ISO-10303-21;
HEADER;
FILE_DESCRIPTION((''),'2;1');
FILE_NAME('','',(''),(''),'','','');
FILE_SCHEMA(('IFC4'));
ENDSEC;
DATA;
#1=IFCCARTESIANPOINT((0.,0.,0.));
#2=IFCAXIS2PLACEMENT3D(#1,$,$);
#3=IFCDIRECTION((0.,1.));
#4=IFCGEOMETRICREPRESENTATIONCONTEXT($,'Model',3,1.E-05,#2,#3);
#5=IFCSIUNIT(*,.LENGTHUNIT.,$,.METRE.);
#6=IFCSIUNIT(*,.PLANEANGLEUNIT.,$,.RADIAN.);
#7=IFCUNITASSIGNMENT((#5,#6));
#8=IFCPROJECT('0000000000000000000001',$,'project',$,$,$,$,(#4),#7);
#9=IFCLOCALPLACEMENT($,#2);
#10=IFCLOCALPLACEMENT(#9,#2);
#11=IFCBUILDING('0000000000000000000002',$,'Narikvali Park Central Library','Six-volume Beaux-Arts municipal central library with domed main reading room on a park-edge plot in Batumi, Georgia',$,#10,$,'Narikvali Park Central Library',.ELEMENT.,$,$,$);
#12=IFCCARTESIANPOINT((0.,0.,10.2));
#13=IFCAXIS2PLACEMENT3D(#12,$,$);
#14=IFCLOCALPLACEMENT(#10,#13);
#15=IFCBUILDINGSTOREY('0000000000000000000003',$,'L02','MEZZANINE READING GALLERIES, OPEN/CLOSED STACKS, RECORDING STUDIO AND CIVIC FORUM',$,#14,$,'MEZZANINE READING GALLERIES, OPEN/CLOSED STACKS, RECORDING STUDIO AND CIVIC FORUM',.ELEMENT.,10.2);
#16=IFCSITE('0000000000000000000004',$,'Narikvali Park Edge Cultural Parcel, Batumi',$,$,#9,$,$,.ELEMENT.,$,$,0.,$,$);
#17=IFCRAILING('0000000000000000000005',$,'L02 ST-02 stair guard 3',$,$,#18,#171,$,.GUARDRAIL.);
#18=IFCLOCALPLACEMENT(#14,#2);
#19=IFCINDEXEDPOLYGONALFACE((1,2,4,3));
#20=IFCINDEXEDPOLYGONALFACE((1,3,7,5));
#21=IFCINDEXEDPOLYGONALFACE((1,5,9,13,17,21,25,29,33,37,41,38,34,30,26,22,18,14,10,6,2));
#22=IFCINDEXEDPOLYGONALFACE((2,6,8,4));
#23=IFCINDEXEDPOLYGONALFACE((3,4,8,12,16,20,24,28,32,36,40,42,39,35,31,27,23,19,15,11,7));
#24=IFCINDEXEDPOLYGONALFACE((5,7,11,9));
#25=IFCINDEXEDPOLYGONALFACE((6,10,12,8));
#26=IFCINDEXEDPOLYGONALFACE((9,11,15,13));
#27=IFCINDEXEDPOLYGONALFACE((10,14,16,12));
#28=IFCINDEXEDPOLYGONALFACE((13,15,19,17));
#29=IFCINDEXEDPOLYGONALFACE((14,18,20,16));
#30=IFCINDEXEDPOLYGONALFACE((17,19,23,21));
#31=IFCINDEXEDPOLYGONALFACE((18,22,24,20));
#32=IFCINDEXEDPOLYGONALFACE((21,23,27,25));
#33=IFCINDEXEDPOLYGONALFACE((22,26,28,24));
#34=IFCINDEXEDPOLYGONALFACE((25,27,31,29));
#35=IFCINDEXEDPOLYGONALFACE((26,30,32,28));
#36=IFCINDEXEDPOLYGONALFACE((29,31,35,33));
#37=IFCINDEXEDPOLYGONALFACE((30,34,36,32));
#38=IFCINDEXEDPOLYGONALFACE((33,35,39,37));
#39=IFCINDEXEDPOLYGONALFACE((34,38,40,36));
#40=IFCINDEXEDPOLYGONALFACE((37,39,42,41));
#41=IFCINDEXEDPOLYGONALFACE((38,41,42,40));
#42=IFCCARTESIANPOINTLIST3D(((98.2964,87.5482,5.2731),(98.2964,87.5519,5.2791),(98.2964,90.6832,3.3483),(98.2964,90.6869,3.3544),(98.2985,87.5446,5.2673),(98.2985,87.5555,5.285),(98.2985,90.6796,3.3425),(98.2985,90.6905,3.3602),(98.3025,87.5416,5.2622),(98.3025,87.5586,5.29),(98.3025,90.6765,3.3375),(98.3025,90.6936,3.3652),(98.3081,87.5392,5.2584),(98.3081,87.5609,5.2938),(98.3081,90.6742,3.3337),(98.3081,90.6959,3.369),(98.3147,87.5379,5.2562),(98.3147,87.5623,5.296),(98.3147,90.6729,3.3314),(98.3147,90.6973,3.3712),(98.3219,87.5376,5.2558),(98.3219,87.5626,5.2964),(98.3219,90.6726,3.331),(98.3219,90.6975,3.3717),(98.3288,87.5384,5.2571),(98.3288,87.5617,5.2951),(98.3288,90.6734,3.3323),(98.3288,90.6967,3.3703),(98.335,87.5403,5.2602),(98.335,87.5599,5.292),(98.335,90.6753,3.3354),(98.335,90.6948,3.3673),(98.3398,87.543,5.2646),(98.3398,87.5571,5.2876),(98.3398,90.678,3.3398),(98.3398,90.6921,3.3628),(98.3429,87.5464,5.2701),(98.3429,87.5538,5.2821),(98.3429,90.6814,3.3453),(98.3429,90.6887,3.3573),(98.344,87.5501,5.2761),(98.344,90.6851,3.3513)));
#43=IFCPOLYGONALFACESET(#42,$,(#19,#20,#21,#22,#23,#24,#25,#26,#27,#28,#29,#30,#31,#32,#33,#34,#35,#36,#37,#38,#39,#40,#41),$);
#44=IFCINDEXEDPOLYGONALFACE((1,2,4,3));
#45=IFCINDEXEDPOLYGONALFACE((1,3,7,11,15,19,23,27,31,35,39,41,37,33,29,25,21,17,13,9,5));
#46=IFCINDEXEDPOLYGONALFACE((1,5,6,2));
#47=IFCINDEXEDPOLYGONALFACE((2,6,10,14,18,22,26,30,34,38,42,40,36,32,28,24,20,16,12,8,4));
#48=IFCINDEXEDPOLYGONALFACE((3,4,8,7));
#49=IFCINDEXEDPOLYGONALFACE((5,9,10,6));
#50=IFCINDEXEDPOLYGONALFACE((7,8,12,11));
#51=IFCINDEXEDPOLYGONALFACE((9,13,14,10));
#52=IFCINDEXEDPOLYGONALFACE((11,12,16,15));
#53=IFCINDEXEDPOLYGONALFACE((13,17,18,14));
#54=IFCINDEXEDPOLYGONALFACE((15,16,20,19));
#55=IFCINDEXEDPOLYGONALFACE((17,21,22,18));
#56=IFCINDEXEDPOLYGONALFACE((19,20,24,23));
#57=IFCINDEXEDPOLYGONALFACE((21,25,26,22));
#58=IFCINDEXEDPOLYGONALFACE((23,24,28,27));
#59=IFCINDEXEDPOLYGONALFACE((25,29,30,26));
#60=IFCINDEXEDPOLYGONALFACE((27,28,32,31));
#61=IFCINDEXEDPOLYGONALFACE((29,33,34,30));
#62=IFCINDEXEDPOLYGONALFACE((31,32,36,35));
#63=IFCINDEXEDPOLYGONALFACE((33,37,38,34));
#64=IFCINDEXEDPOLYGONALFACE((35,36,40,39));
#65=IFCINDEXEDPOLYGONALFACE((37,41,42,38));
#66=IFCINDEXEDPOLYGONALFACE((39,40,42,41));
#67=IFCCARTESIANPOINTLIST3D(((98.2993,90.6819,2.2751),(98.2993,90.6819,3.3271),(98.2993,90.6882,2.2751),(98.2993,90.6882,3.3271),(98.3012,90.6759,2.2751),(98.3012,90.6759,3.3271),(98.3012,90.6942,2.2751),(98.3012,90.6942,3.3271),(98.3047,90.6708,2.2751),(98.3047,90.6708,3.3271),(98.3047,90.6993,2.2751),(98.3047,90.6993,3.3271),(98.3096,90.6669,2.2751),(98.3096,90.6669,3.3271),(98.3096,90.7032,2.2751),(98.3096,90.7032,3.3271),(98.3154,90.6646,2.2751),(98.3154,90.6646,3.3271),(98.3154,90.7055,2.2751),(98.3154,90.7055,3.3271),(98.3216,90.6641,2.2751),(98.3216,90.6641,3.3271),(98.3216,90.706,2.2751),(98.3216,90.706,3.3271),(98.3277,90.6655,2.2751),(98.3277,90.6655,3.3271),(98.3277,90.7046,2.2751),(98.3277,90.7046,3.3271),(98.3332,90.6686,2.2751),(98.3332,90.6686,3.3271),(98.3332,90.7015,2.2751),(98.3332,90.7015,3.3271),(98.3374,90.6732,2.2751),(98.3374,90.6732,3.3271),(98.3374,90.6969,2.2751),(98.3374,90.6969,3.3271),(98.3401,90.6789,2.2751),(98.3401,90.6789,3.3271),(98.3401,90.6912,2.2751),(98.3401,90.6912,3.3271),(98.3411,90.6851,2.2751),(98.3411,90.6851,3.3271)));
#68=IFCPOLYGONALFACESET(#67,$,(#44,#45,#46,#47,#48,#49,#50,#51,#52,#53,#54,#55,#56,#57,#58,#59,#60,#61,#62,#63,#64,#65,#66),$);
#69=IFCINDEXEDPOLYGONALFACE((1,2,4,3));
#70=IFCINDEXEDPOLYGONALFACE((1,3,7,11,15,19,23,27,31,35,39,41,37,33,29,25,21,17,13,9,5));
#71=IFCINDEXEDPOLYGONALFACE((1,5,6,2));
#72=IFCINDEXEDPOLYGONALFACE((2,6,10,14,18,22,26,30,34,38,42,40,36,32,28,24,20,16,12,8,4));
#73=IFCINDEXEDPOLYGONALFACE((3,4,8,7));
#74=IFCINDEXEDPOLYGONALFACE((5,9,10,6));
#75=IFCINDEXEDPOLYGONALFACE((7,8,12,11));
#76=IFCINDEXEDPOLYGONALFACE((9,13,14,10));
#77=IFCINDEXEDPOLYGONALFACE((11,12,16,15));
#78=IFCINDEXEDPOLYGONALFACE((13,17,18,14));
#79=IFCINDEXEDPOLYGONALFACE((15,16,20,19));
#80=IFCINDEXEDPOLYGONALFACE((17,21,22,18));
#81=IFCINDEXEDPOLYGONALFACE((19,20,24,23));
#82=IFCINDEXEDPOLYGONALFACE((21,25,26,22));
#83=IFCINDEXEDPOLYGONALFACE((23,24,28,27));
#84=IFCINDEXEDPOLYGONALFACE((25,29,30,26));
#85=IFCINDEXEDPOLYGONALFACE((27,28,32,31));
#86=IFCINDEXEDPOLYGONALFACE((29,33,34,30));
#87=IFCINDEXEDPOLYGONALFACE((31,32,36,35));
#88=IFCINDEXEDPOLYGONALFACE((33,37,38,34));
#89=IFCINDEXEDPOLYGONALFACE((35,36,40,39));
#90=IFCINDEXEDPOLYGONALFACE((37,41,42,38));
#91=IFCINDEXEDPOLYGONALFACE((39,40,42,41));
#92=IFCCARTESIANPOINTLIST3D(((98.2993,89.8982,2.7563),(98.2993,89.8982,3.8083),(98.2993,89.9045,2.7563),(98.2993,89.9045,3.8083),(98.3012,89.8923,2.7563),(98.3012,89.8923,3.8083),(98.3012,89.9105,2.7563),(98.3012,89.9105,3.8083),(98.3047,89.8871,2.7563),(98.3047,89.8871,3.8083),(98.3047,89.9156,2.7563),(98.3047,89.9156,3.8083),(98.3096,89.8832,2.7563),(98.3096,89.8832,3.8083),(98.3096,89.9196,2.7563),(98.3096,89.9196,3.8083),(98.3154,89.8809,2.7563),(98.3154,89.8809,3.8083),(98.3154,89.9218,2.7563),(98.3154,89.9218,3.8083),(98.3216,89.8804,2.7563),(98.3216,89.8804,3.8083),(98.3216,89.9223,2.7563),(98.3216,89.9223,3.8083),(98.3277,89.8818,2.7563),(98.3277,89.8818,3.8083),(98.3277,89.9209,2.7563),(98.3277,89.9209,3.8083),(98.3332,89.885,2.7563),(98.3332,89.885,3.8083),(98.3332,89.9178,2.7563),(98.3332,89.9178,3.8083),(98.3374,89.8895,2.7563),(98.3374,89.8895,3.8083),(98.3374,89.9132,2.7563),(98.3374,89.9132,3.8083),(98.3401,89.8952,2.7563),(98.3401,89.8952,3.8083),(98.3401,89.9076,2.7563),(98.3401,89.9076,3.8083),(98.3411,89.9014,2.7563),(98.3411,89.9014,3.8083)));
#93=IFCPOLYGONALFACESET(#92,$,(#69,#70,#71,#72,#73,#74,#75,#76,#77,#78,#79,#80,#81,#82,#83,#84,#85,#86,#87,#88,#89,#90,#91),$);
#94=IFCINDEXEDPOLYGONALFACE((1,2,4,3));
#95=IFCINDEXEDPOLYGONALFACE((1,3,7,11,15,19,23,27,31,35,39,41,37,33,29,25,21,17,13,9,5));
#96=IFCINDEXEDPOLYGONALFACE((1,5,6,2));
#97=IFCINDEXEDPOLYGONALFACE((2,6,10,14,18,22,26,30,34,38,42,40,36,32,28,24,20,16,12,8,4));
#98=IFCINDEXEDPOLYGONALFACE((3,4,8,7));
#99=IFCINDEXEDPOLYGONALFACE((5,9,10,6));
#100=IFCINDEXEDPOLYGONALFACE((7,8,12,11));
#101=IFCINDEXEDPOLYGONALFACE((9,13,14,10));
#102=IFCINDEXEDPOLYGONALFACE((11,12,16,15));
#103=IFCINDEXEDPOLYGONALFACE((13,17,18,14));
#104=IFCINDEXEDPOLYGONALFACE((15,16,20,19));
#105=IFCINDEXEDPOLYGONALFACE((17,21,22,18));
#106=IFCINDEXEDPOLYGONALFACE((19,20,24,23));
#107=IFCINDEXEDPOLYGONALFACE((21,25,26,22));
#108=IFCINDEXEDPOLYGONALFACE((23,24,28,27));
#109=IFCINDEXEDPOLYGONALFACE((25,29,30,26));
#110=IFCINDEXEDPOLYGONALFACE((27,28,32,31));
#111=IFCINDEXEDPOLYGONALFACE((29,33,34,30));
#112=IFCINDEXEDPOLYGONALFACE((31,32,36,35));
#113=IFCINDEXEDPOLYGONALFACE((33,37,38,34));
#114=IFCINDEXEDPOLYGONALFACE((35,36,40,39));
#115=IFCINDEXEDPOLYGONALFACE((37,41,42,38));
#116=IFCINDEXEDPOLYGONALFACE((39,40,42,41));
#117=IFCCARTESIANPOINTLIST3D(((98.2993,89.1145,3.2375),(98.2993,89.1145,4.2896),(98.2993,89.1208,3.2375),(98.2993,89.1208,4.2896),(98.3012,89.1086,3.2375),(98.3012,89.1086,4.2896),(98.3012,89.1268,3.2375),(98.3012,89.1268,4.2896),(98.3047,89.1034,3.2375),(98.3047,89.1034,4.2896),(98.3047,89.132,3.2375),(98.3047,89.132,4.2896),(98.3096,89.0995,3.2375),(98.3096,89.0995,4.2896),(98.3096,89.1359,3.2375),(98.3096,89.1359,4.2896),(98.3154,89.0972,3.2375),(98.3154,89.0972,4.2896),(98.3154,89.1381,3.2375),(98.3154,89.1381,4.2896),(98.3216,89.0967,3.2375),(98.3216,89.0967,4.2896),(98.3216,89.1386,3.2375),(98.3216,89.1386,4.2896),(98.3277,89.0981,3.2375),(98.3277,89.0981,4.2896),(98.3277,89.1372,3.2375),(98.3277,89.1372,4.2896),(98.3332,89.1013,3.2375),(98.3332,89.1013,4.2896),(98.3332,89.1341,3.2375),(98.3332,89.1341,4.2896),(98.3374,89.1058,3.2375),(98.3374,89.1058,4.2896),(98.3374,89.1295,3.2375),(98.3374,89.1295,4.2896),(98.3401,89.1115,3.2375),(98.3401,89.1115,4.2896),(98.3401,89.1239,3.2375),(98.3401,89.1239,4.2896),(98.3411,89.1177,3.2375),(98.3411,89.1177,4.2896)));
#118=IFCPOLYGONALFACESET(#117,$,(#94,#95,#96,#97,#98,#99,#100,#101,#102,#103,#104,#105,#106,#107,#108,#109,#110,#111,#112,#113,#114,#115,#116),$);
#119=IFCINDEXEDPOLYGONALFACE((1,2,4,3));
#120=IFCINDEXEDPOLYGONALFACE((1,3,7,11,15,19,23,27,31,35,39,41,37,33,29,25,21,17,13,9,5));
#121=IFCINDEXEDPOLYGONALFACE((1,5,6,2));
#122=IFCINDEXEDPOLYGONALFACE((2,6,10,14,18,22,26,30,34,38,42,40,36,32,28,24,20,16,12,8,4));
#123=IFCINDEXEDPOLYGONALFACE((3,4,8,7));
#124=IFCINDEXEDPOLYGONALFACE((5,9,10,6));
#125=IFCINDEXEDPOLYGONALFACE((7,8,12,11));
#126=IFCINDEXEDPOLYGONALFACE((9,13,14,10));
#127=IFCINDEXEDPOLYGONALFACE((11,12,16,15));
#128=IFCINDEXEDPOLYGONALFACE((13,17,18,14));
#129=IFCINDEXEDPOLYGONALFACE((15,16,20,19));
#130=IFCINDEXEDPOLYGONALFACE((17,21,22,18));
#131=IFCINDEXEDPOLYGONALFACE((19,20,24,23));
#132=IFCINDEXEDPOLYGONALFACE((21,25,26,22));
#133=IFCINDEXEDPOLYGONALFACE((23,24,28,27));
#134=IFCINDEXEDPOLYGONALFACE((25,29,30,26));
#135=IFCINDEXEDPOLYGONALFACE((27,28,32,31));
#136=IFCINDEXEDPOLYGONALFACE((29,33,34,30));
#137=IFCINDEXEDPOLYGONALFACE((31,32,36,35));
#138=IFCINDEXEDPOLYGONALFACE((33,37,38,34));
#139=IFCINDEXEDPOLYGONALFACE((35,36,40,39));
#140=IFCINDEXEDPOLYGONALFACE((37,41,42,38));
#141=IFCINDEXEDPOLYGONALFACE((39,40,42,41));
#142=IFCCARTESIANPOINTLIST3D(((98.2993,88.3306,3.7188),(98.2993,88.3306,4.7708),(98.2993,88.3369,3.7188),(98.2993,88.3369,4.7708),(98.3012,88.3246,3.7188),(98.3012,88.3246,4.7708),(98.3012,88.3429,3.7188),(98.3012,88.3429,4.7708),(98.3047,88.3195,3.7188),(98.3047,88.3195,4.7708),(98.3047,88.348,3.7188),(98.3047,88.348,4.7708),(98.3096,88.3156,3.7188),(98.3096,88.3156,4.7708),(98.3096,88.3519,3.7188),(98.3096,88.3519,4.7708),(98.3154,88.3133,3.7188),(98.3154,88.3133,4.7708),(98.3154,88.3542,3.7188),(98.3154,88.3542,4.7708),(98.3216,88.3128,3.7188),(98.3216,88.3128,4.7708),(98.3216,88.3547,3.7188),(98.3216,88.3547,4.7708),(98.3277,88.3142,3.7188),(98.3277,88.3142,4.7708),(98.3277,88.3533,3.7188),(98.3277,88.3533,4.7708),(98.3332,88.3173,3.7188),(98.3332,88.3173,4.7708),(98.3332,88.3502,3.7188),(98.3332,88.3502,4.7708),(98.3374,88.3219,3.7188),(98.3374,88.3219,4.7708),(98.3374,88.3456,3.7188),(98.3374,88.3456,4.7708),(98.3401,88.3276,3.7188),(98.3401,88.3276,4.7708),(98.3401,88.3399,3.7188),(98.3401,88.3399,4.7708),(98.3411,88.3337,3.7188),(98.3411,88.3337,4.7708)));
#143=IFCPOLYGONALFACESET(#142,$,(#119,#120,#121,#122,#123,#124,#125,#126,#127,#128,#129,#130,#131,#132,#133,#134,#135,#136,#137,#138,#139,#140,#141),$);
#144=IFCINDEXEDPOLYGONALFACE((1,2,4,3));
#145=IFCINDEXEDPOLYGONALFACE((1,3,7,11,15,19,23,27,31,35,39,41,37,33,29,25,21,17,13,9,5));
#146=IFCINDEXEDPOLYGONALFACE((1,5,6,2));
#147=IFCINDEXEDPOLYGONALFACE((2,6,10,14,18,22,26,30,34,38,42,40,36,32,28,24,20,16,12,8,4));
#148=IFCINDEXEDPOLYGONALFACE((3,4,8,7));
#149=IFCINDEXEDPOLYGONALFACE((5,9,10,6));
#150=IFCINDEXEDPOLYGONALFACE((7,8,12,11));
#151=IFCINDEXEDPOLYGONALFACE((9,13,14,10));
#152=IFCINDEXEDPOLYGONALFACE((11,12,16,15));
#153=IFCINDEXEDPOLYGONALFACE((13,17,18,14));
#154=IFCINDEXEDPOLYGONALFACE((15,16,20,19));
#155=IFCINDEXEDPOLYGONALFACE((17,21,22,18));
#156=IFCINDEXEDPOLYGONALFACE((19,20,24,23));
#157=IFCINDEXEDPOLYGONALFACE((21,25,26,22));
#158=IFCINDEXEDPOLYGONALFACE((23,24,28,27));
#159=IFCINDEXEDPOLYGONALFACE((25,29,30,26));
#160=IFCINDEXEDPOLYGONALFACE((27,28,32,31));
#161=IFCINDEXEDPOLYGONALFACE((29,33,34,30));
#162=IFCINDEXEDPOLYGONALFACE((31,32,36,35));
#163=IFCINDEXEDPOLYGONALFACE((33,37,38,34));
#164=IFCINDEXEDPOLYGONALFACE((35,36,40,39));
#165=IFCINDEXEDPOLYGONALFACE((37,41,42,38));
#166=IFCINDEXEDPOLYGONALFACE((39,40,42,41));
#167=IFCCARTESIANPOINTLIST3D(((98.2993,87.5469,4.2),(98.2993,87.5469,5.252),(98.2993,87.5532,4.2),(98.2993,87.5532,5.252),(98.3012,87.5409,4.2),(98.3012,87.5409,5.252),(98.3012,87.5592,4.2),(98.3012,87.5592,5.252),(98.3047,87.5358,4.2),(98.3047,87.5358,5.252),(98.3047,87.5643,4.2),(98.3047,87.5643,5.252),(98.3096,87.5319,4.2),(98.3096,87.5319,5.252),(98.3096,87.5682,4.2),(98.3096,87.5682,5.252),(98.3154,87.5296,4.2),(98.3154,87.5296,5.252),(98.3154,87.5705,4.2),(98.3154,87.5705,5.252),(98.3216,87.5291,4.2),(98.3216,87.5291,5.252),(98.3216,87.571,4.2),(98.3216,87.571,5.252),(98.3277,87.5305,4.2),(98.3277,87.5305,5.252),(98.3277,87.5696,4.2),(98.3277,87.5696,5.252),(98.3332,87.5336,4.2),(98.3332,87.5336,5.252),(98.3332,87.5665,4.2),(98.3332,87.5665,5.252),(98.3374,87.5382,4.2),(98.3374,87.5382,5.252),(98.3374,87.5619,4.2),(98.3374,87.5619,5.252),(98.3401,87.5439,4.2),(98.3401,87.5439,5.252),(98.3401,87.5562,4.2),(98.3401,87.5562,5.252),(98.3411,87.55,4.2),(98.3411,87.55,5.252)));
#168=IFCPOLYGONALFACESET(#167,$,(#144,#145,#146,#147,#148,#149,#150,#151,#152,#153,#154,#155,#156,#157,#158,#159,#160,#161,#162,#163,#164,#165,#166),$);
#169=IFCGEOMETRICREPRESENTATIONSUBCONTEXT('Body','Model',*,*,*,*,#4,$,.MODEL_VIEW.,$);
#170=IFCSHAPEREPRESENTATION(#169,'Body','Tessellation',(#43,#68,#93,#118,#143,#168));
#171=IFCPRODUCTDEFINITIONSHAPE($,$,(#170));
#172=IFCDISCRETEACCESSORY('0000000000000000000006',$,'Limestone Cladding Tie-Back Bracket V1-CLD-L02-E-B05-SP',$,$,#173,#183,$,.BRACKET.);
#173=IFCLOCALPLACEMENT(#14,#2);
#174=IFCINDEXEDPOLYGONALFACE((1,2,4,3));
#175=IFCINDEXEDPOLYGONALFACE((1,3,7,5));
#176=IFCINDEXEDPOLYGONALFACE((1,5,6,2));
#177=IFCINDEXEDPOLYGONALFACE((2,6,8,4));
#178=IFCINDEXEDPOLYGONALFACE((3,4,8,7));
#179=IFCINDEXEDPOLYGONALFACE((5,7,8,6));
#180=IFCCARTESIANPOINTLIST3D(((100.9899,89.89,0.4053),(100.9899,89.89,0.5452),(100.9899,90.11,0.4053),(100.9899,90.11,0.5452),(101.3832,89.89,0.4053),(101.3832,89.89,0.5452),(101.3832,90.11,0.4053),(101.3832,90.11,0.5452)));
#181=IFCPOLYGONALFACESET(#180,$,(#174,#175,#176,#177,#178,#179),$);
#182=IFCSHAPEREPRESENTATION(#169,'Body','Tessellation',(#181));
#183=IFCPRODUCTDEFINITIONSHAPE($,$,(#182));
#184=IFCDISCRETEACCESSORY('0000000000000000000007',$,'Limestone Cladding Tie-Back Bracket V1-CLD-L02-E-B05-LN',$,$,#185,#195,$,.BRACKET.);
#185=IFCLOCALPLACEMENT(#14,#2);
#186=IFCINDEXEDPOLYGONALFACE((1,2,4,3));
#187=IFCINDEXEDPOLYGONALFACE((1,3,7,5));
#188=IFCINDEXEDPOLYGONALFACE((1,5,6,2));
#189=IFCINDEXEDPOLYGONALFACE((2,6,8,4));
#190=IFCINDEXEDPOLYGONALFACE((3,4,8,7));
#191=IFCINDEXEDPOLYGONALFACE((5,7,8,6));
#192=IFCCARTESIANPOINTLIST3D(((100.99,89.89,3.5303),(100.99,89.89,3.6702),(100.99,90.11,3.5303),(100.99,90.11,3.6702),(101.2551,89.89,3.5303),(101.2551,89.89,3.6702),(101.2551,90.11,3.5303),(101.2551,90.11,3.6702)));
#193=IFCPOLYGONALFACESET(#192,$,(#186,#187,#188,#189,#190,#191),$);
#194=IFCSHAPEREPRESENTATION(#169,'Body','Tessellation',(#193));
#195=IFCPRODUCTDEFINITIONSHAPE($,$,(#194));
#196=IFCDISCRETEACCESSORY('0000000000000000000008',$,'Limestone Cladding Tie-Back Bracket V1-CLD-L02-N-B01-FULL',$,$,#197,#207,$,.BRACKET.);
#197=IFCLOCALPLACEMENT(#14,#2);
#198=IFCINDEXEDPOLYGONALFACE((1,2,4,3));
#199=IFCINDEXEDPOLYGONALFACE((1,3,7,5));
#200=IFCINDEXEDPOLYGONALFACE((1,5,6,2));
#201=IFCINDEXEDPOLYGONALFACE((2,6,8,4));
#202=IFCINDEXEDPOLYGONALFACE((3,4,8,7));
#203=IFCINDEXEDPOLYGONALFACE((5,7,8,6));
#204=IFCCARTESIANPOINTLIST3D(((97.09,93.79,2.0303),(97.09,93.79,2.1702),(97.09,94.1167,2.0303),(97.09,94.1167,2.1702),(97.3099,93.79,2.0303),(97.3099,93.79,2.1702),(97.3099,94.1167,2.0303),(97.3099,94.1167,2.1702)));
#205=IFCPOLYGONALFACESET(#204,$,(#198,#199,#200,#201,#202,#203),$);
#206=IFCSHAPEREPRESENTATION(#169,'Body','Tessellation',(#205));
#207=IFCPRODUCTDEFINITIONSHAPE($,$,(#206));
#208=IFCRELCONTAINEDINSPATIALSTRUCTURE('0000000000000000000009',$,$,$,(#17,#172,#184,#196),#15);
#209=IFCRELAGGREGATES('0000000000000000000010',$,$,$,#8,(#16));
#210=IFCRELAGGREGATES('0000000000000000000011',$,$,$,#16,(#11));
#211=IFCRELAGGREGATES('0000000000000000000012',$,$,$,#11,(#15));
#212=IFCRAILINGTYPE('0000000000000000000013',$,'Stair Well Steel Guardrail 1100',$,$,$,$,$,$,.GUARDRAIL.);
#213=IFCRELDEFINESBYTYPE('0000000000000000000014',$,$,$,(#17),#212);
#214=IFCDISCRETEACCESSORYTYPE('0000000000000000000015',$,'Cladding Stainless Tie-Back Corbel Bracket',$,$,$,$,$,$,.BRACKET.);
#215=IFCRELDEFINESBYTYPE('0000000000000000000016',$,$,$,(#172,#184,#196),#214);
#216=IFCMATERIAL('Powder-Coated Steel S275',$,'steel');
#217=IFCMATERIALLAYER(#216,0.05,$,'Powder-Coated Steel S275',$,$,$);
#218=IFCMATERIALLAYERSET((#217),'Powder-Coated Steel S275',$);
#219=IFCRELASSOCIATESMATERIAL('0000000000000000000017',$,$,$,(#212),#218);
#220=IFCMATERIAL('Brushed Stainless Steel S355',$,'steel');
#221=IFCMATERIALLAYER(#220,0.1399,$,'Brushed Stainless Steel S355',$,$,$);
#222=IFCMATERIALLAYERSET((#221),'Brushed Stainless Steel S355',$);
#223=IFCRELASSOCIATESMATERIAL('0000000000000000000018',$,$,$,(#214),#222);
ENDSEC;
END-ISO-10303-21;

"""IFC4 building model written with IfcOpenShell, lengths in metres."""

from ifc_helpers import new_model, si_unit, direction, frame, origin, origin_2d, place, context, subcontext, project, spatial, rectangle, circle, extrude, material, layer, layer_set, type_object, element, save


model = new_model("IFC4")

# Units and contexts
model_context = context("Model", 3, precision=1e-05, world=origin(), true_north=direction((0.0, 1.0)))
body_context = subcontext(model_context, "Body", "Model", "MODEL_VIEW")
ifc_project = project(units=[si_unit("LENGTHUNIT", "METRE"), si_unit("PLANEANGLEUNIT", "RADIAN")], contexts=[model_context])

# Site, building, storey
site_placement = place(None, origin())
site = spatial("IfcSite", under=ifc_project, at=site_placement, Name="Narikvali Park Edge Cultural Parcel, Batumi", CompositionType="ELEMENT", RefElevation=0.0)
building_placement = place(site_placement, origin())
building = spatial("IfcBuilding", under=site, at=building_placement, Name="Narikvali Park Central Library", Description="Six-volume Beaux-Arts municipal central library with domed main reading room on a park-edge plot in Batumi, Georgia", LongName="Narikvali Park Central Library", CompositionType="ELEMENT")
storey_placement = place(building_placement, frame((0.0, 0.0, 10.2)))
storey = spatial("IfcBuildingStorey", under=building, at=storey_placement, Name="L02", Description="MEZZANINE READING GALLERIES, OPEN/CLOSED STACKS, RECORDING STUDIO AND CIVIC FORUM", LongName="MEZZANINE READING GALLERIES, OPEN/CLOSED STACKS, RECORDING STUDIO AND CIVIC FORUM", CompositionType="ELEMENT", Elevation=10.2)

# Shared definitions
ifc_material_1 = material(Name="Brushed Stainless Steel S355", Category="steel")

# Railing
ifc_material_2 = material(Name="Powder-Coated Steel S275", Category="steel")
ifc_layer_1 = layer(ifc_material_2, 0.05, Name="Powder-Coated Steel S275")
ifc_layer_set_1 = layer_set([ifc_layer_1], Name="Powder-Coated Steel S275")
railing_type_1 = type_object("IfcRailingType", Name="Stair Well Steel Guardrail 1100", PredefinedType="GUARDRAIL", material=ifc_layer_set_1)
railing_1_placement = place(storey_placement, frame((98.3201, 90.6851, 2.2751)))
element("IfcRailing", 1, at=railing_1_placement, inside=storey, type_object=railing_type_1, Name="L02 ST-02 stair guard 3", PredefinedType="GUARDRAIL", context=body_context, shape_type="SweptSolid", body=[
    extrude(circle(Radius=0.0239, at=origin_2d()), frame((0.0, 0.0, 1.0762), z_axis=(0.0, -0.852196, 0.523223), x_axis=(1.0, 0.0, 0.0)), (0.0, 0.0, 1.0), 3.6787),
    extrude(circle(Radius=0.021, at=origin_2d()), origin(), (0.0, 0.0, 1.0), 1.052),
    extrude(circle(Radius=0.021, at=origin_2d()), frame((0.0, -0.7837, 0.4812)), (0.0, 0.0, 1.0), 1.052),
    extrude(circle(Radius=0.021, at=origin_2d()), frame((0.0, -1.5674, 0.9624)), (0.0, 0.0, 1.0), 1.052),
    extrude(circle(Radius=0.021, at=origin_2d()), frame((0.0, -2.3513, 1.4436)), (0.0, 0.0, 1.0), 1.052),
    extrude(circle(Radius=0.021, at=origin_2d()), frame((0.0, -3.135, 1.9248)), (0.0, 0.0, 1.0), 1.052),
])

# Discrete accessories
ifc_layer_2 = layer(ifc_material_1, 0.1399, Name="Brushed Stainless Steel S355")
ifc_layer_set_2 = layer_set([ifc_layer_2], Name="Brushed Stainless Steel S355")
discrete_accessory_type = type_object("IfcDiscreteAccessoryType", Name="Cladding Stainless Tie-Back Corbel Bracket", PredefinedType="BRACKET", material=ifc_layer_set_2)
discrete_accessory_1_placement = place(storey_placement, frame((101.1865, 90.0, 0.4053), z_axis=(0.0, 0.0, 1.0), x_axis=(1.0, 0.0, 0.0)))
element("IfcDiscreteAccessory", 2, at=discrete_accessory_1_placement, inside=storey, type_object=discrete_accessory_type, Name="Limestone Cladding Tie-Back Bracket V1-CLD-L02-E-B05-SP", PredefinedType="BRACKET", context=body_context, shape_type="SweptSolid", body=[
    extrude(rectangle(XDim=0.3933, YDim=0.22, at=origin_2d()), origin(), (0.0, 0.0, 1.0), 0.1399),
])
discrete_accessory_2_placement = place(storey_placement, frame((101.1226, 90.0, 3.5303), z_axis=(0.0, 0.0, 1.0), x_axis=(1.0, 0.0, 0.0)))
element("IfcDiscreteAccessory", 3, at=discrete_accessory_2_placement, inside=storey, type_object=discrete_accessory_type, Name="Limestone Cladding Tie-Back Bracket V1-CLD-L02-E-B05-LN", PredefinedType="BRACKET", context=body_context, shape_type="SweptSolid", body=[
    extrude(rectangle(XDim=0.2651, YDim=0.22, at=origin_2d()), origin(), (0.0, 0.0, 1.0), 0.1399),
])
discrete_accessory_3_placement = place(storey_placement, frame((97.2, 93.9534, 2.0303), z_axis=(0.0, 0.0, 1.0), x_axis=(1.0, 0.0, 0.0)))
element("IfcDiscreteAccessory", 4, at=discrete_accessory_3_placement, inside=storey, type_object=discrete_accessory_type, Name="Limestone Cladding Tie-Back Bracket V1-CLD-L02-N-B01-FULL", PredefinedType="BRACKET", context=body_context, shape_type="SweptSolid", body=[
    extrude(rectangle(XDim=0.22, YDim=0.3267, at=origin_2d()), origin(), (0.0, 0.0, 1.0), 0.1399),
])

save(model, "model.ifc")
